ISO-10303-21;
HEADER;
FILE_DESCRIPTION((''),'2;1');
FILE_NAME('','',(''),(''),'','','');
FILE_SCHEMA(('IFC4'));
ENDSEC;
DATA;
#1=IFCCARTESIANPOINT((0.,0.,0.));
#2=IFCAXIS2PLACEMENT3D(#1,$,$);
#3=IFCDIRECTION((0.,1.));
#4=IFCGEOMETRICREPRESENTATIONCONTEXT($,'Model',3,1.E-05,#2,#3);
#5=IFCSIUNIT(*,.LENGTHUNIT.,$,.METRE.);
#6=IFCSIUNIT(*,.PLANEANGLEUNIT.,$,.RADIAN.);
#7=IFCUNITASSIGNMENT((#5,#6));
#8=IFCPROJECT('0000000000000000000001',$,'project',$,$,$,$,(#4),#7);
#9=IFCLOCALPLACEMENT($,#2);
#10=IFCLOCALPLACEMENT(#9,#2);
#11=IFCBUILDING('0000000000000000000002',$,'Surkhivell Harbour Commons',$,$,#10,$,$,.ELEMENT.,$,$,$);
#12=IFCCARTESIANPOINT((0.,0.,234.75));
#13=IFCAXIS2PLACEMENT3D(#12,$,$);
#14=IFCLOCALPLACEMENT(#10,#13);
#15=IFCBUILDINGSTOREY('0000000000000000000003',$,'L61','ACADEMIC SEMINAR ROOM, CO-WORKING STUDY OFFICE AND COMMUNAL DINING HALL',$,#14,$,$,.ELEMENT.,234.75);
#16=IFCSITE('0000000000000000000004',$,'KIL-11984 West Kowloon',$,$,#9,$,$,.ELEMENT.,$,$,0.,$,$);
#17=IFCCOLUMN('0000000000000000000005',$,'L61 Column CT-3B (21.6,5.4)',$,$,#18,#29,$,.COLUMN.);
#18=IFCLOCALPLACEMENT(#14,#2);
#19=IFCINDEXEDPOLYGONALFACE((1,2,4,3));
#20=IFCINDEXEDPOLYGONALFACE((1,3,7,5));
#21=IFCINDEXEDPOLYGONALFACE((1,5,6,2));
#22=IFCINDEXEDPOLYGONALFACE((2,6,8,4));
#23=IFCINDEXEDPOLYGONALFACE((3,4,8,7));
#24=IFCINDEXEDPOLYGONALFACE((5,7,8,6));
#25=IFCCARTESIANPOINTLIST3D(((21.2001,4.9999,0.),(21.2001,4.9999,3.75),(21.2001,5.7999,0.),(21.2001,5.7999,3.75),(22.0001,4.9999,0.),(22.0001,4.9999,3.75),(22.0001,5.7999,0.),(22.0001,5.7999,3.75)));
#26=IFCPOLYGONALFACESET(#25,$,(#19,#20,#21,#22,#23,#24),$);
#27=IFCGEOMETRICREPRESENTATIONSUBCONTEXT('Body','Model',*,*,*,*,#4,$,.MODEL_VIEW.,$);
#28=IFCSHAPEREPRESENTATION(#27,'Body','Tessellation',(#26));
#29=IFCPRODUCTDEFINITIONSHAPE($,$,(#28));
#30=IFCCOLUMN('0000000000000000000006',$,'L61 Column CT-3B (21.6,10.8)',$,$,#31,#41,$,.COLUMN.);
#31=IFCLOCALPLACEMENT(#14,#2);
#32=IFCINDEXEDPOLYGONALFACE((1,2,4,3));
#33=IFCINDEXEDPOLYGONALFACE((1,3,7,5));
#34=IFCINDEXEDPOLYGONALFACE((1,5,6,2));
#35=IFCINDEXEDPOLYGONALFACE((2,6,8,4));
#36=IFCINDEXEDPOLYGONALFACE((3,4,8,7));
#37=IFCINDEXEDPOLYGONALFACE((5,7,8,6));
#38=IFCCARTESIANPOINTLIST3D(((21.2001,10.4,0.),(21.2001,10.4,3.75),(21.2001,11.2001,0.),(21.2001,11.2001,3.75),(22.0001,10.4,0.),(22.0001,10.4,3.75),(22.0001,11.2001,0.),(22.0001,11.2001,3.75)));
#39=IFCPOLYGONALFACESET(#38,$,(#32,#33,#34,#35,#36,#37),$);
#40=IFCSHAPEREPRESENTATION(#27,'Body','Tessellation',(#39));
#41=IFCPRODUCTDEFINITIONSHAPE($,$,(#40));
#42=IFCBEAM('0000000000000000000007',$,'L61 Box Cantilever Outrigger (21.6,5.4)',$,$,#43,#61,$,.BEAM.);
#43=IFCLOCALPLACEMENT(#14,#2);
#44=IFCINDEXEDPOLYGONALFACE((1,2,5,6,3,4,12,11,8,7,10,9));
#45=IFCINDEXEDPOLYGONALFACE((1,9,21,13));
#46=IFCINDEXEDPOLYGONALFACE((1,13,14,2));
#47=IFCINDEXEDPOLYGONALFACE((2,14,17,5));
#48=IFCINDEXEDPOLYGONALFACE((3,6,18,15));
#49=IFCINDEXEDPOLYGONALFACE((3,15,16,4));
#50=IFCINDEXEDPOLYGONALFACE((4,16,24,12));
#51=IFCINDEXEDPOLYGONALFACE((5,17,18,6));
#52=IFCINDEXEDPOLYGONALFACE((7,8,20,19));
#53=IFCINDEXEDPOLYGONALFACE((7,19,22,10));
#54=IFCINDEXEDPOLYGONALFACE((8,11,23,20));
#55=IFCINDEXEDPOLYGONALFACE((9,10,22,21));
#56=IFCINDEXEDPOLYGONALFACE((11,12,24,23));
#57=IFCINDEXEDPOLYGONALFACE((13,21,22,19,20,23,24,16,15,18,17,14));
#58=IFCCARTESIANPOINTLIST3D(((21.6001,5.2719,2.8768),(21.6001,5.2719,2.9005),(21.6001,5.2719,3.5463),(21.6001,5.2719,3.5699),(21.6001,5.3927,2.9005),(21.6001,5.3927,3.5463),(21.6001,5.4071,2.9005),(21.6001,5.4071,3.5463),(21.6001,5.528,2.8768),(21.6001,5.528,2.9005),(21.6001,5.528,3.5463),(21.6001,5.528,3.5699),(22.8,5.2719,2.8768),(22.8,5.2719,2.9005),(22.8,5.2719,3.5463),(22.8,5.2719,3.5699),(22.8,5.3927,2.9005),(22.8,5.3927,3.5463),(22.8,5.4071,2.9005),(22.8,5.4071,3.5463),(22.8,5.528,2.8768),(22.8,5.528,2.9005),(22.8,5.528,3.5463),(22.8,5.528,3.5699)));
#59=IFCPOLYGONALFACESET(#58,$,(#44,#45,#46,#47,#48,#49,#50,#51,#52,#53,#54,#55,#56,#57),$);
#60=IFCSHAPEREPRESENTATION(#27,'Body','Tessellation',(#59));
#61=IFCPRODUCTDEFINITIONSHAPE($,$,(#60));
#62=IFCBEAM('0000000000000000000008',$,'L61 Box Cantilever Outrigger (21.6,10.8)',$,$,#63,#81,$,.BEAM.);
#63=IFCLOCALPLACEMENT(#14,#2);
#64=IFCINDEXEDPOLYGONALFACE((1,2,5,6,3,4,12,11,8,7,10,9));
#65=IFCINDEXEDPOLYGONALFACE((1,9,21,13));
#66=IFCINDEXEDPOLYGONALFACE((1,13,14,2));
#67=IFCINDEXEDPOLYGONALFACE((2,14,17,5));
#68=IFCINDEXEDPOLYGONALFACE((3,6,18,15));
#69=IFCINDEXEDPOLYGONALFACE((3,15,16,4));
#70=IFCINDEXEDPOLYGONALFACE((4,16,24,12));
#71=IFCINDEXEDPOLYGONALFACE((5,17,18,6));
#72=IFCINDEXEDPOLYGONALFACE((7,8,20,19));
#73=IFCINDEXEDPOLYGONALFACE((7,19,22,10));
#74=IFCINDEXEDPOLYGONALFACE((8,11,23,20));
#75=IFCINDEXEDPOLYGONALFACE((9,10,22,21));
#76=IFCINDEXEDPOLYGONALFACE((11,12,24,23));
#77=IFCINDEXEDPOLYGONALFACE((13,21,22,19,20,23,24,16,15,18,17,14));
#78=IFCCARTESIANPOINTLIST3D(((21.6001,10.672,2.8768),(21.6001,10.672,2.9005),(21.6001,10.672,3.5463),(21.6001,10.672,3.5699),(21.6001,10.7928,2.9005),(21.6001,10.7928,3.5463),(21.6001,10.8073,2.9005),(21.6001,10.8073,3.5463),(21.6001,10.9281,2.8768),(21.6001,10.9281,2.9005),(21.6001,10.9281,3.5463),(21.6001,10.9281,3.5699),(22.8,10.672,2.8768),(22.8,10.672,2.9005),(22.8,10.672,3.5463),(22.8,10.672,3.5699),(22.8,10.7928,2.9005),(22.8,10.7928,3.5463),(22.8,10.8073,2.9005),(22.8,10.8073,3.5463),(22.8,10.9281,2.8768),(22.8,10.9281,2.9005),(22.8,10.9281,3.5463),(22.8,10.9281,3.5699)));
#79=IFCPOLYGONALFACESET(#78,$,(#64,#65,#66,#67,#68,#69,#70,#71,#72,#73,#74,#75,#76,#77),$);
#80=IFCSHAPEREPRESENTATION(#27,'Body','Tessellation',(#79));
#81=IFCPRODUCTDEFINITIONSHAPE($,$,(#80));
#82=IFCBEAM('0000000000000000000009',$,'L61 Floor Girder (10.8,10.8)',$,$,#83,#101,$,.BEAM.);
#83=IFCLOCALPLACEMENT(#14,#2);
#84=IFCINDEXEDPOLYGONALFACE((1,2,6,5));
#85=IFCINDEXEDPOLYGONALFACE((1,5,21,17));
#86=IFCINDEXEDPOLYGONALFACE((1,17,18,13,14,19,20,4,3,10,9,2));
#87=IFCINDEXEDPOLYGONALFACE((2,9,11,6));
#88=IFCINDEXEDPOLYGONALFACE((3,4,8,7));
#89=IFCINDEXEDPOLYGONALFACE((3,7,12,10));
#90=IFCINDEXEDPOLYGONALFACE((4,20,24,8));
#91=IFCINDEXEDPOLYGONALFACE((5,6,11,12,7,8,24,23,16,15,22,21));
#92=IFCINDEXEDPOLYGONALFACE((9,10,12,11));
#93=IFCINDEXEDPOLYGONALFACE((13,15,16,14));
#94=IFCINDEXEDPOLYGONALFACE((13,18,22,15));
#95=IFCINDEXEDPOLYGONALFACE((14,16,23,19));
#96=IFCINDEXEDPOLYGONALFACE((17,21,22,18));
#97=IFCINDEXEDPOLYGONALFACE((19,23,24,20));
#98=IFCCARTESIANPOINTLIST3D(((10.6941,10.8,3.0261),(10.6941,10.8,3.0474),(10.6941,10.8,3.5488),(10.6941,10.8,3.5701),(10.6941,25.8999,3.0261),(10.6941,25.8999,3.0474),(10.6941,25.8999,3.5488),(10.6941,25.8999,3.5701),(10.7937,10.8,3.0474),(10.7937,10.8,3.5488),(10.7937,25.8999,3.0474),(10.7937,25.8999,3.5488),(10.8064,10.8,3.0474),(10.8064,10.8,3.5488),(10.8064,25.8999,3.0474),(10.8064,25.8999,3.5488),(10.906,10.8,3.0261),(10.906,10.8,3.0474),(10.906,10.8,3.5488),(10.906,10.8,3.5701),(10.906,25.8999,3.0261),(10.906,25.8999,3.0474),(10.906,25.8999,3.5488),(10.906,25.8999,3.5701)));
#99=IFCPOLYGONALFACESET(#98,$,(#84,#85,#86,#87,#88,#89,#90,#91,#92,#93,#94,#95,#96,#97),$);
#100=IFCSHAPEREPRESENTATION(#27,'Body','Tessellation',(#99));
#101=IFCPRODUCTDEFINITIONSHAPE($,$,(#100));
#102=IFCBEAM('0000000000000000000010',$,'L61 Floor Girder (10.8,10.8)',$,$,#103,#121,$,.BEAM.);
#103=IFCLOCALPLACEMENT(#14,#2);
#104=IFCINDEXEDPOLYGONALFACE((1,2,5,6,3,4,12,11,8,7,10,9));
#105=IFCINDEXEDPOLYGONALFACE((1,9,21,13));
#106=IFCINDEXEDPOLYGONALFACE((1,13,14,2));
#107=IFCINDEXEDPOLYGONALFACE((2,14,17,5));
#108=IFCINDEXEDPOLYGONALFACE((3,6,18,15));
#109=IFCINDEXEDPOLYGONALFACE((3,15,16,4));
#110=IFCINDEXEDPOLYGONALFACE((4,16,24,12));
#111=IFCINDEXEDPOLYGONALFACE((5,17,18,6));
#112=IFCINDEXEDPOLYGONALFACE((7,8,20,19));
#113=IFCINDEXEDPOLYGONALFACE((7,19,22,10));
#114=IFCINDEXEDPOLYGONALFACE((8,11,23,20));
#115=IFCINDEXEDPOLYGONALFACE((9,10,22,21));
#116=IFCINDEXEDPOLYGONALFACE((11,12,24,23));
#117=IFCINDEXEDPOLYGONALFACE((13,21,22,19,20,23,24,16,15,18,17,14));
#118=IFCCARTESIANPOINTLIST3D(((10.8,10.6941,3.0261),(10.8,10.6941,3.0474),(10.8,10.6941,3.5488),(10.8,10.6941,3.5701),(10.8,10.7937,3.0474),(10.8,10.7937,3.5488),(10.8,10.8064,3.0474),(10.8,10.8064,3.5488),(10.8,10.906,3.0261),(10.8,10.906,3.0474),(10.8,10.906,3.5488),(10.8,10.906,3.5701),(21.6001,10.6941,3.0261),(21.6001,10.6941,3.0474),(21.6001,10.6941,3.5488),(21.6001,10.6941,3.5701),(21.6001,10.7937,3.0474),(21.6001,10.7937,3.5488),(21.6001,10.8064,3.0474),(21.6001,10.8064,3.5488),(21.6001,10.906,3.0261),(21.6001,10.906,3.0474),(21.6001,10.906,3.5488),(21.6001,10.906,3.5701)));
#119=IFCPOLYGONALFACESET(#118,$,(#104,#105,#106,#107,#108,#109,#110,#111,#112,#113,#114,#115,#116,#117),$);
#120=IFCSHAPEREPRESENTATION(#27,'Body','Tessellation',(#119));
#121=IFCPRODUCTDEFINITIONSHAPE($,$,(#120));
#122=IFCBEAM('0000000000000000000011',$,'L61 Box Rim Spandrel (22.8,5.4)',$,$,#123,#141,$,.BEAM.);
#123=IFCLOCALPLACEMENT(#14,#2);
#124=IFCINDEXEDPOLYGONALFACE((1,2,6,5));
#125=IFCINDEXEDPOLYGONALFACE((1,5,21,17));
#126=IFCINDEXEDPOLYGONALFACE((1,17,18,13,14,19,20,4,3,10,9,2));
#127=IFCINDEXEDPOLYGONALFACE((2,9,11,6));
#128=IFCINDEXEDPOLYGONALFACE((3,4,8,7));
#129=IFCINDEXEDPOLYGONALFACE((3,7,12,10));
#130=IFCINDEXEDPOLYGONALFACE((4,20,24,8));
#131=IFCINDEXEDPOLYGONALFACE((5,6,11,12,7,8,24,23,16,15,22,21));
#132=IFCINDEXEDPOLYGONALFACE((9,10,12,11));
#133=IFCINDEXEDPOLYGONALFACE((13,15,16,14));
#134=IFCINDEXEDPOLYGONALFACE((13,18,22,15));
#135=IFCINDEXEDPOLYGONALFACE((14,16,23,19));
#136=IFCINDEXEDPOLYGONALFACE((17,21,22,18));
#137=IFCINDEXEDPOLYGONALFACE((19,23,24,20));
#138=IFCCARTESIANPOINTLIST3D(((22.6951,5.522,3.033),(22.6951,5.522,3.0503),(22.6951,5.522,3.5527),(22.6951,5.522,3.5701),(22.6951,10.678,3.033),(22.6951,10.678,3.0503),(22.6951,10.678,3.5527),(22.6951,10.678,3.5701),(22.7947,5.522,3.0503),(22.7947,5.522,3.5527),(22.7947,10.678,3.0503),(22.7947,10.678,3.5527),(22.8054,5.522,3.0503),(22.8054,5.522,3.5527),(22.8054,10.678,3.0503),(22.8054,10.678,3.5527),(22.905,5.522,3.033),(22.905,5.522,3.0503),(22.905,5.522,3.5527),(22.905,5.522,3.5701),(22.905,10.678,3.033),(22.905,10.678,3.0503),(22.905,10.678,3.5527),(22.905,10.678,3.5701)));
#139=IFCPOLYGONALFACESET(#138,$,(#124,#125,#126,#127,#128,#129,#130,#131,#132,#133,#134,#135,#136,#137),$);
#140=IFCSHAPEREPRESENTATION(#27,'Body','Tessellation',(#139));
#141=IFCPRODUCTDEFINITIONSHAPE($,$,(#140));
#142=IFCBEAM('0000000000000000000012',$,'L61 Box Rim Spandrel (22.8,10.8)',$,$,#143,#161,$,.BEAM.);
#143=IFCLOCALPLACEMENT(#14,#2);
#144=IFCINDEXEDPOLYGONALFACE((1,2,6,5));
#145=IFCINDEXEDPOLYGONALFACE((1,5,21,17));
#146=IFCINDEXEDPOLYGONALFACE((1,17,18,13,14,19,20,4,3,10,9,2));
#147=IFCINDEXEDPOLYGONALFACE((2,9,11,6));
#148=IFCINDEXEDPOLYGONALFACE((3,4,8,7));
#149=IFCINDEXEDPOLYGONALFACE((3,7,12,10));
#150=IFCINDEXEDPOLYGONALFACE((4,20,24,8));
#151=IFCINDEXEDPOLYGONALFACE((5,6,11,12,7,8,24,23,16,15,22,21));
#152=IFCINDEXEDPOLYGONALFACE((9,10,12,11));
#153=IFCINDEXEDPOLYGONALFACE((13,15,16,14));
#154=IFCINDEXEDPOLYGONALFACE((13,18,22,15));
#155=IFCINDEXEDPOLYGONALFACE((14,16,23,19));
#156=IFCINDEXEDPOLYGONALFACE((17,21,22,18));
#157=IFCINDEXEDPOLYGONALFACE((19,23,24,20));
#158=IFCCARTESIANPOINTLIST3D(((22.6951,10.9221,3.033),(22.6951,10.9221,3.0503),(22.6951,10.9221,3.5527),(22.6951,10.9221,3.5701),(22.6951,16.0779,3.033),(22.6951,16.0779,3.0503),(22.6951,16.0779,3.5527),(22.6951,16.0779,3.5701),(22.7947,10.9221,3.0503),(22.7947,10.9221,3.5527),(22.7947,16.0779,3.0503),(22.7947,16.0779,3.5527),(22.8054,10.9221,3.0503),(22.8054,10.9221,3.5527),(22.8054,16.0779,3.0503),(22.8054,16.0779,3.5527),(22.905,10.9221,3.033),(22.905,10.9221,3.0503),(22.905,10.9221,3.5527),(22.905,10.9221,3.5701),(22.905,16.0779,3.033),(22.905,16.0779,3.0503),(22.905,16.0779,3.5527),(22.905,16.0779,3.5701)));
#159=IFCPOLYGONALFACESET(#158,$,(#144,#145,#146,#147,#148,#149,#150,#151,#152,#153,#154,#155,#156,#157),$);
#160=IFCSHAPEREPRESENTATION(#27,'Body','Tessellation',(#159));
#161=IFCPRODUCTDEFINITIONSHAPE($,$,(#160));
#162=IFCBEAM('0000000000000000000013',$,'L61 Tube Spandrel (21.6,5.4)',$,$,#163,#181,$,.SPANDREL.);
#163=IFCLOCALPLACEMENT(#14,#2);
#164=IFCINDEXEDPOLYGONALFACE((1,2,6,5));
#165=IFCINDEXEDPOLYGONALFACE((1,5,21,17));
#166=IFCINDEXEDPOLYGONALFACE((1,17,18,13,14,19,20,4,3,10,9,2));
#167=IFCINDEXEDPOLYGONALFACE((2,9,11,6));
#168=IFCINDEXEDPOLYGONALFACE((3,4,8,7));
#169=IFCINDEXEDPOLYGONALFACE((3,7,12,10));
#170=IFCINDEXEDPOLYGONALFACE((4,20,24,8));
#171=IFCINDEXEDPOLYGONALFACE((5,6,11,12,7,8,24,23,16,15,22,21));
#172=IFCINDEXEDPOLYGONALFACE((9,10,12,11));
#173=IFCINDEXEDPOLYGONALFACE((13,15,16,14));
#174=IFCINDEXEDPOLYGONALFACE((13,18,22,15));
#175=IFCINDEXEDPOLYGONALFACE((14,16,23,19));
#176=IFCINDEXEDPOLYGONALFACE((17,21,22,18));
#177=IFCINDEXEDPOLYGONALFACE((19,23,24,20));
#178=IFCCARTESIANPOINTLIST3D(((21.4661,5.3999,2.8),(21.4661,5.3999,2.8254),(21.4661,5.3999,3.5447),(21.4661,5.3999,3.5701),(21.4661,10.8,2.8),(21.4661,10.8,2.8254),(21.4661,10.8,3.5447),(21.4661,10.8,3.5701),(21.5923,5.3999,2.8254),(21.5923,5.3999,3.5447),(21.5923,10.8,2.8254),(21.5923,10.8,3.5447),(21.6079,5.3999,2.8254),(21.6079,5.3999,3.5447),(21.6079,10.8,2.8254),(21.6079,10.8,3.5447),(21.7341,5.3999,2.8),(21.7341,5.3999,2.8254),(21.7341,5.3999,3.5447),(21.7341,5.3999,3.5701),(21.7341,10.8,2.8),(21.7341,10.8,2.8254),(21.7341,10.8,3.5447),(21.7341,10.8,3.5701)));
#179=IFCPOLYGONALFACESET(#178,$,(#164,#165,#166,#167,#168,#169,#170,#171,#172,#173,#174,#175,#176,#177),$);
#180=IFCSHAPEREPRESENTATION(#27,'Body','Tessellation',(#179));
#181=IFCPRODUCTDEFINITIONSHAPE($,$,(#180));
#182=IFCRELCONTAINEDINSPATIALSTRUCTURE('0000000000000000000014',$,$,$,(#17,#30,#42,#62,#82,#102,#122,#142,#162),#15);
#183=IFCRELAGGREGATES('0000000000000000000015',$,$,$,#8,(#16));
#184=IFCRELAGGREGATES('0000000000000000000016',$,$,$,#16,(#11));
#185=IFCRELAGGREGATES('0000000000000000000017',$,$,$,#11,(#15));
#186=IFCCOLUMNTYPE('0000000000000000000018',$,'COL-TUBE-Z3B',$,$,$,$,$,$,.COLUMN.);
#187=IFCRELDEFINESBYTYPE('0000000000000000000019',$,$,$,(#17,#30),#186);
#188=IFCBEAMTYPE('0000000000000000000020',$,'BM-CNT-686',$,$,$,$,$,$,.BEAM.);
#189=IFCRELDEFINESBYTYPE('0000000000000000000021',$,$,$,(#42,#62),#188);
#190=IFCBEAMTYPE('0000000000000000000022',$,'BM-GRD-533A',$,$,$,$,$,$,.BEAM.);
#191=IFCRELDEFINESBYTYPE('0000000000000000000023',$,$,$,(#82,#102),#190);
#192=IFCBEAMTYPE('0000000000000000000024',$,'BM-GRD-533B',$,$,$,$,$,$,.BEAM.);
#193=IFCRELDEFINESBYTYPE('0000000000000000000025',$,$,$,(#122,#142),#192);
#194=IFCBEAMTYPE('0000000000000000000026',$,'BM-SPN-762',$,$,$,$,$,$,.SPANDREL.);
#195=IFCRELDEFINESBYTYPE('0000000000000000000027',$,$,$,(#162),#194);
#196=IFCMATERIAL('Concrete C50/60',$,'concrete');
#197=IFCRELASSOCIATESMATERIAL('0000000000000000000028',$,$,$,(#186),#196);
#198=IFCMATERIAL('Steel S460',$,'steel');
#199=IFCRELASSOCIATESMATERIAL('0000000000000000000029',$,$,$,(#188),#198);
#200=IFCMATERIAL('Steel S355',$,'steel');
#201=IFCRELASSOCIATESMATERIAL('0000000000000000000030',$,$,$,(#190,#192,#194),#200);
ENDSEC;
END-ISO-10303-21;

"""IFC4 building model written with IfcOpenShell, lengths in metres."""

from ifc_helpers import new_model, si_unit, direction, frame, origin, origin_2d, place, context, subcontext, project, spatial, rectangle, i_section, extrude, material, material_profile, profile_set, type_object, element, save


model = new_model("IFC4")

# Units and contexts
model_context = context("Model", 3, precision=1e-05, world=origin(), true_north=direction((0.0, 1.0)))
body_context = subcontext(model_context, "Body", "Model", "MODEL_VIEW")
ifc_project = project(units=[si_unit("LENGTHUNIT", "METRE"), si_unit("PLANEANGLEUNIT", "RADIAN")], contexts=[model_context])

# Site, building, storey
site_placement = place(None, origin())
site = spatial("IfcSite", under=ifc_project, at=site_placement, Name="KIL-11984 West Kowloon", CompositionType="ELEMENT", RefElevation=0.0)
building_placement = place(site_placement, origin())
building = spatial("IfcBuilding", under=site, at=building_placement, Name="Surkhivell Harbour Commons", CompositionType="ELEMENT")
storey_placement = place(building_placement, frame((0.0, 0.0, 234.75)))
storey = spatial("IfcBuildingStorey", under=building, at=storey_placement, Name="L61", Description="ACADEMIC SEMINAR ROOM, CO-WORKING STUDY OFFICE AND COMMUNAL DINING HALL", CompositionType="ELEMENT", Elevation=234.75)

# Columns
ifc_material_1 = material(Name="Concrete C50/60", Category="concrete")
ifc_material_profile_1 = material_profile(ifc_material_1, rectangle(XDim=0.8, YDim=0.8, at=origin_2d()), Name="RC-COL-800x800")
ifc_profile_set_1 = profile_set([ifc_material_profile_1], Name="Concrete C50/60")
column_type = type_object("IfcColumnType", Name="COL-TUBE-Z3B", PredefinedType="COLUMN", material=ifc_profile_set_1)
for number, where, z_axis, x_axis, name in (
    (1, (21.6001, 5.3999, 0.0), (0.0, 0.0, 1.0), (1.0, 0.0, 0.0), "L61 Column CT-3B (21.6,5.4)"),
    (2, (21.6001, 10.8, 0.0), (0.0, 0.0, 1.0), (1.0, 0.0, 0.0), "L61 Column CT-3B (21.6,10.8)"),
):
    element("IfcColumn", number, at=place(storey_placement, frame(where, z_axis=z_axis, x_axis=x_axis)), inside=storey, type_object=column_type, Name=name, PredefinedType="COLUMN", context=body_context, shape_type="SweptSolid", body=[
        extrude(rectangle(XDim=0.8, YDim=0.8, at=origin_2d()), origin(), (0.0, 0.0, 1.0), 3.75),
    ])

# Beams
ifc_material_2 = material(Name="Steel S460", Category="steel")
ifc_material_profile_2 = material_profile(ifc_material_2, i_section(OverallWidth=0.2561, OverallDepth=0.6931, WebThickness=0.0144, FlangeThickness=0.0237, at=origin_2d()), Name="UB686x254x170")
ifc_profile_set_2 = profile_set([ifc_material_profile_2], Name="Steel S460")
beam_type_1 = type_object("IfcBeamType", Name="BM-CNT-686", PredefinedType="BEAM", material=ifc_profile_set_2)
for number, where, z_axis, x_axis, name in (
    (3, (21.6001, 5.3999, 3.2234), (1.0, 0.0, 0.0), (0.0, 1.0, 0.0), "L61 Box Cantilever Outrigger (21.6,5.4)"),
    (4, (21.6001, 10.8, 3.2234), (1.0, 0.0, 0.0), (0.0, 1.0, 0.0), "L61 Box Cantilever Outrigger (21.6,10.8)"),
):
    element("IfcBeam", number, at=place(storey_placement, frame(where, z_axis=z_axis, x_axis=x_axis)), inside=storey, type_object=beam_type_1, Name=name, PredefinedType="BEAM", context=body_context, shape_type="SweptSolid", body=[
        extrude(i_section(OverallWidth=0.2561, OverallDepth=0.6931, WebThickness=0.0144, FlangeThickness=0.0237, at=origin_2d()), origin(), (0.0, 0.0, 1.0), 1.2),
    ])
ifc_material_3 = material(Name="Steel S355", Category="steel")
ifc_material_profile_3 = material_profile(ifc_material_3, i_section(OverallWidth=0.2119, OverallDepth=0.5439, WebThickness=0.0127, FlangeThickness=0.0212, at=origin_2d()), Name="UB533x210x122")
ifc_profile_set_3 = profile_set([ifc_material_profile_3], Name="Steel S355")
beam_type_2 = type_object("IfcBeamType", Name="BM-GRD-533A", PredefinedType="BEAM", material=ifc_profile_set_3)
beam_1_placement = place(storey_placement, frame((10.8, 10.8, 3.2981), z_axis=(0.0, 1.0, 0.0), x_axis=(-1.0, 0.0, 0.0)))
element("IfcBeam", 5, at=beam_1_placement, inside=storey, type_object=beam_type_2, Name="L61 Floor Girder (10.8,10.8)", PredefinedType="BEAM", context=body_context, shape_type="SweptSolid", body=[
    extrude(i_section(OverallWidth=0.2119, OverallDepth=0.5439, WebThickness=0.0127, FlangeThickness=0.0212, at=origin_2d()), origin(), (0.0, 0.0, 1.0), 15.0999),
])
beam_2_placement = place(storey_placement, frame((10.8, 10.8, 3.2981), z_axis=(1.0, 0.0, 0.0), x_axis=(0.0, 1.0, 0.0)))
element("IfcBeam", 6, at=beam_2_placement, inside=storey, type_object=beam_type_2, Name="L61 Floor Girder (10.8,10.8)", PredefinedType="BEAM", context=body_context, shape_type="SweptSolid", body=[
    extrude(i_section(OverallWidth=0.2119, OverallDepth=0.5439, WebThickness=0.0127, FlangeThickness=0.0212, at=origin_2d()), origin(), (0.0, 0.0, 1.0), 10.8),
])
ifc_material_profile_4 = material_profile(ifc_material_3, i_section(OverallWidth=0.21, OverallDepth=0.5371, WebThickness=0.0107, FlangeThickness=0.0173, at=origin_2d()), Name="UB533x210x101")
ifc_profile_set_4 = profile_set([ifc_material_profile_4], Name="Steel S355")
beam_type_3 = type_object("IfcBeamType", Name="BM-GRD-533B", PredefinedType="BEAM", material=ifc_profile_set_4)
beam_3_placement = place(storey_placement, frame((22.8, 5.522, 3.3015), z_axis=(0.0, 1.0, 0.0), x_axis=(-1.0, 0.0, 0.0)))
element("IfcBeam", 7, at=beam_3_placement, inside=storey, type_object=beam_type_3, Name="L61 Box Rim Spandrel (22.8,5.4)", PredefinedType="BEAM", context=body_context, shape_type="SweptSolid", body=[
    extrude(i_section(OverallWidth=0.21, OverallDepth=0.5371, WebThickness=0.0107, FlangeThickness=0.0173, at=origin_2d()), origin(), (0.0, 0.0, 1.0), 5.156),
])
beam_4_placement = place(storey_placement, frame((22.8, 10.9221, 3.3015), z_axis=(0.0, 1.0, 0.0), x_axis=(-1.0, 0.0, 0.0)))
element("IfcBeam", 8, at=beam_4_placement, inside=storey, type_object=beam_type_3, Name="L61 Box Rim Spandrel (22.8,10.8)", PredefinedType="BEAM", context=body_context, shape_type="SweptSolid", body=[
    extrude(i_section(OverallWidth=0.21, OverallDepth=0.5371, WebThickness=0.0107, FlangeThickness=0.0173, at=origin_2d()), origin(), (0.0, 0.0, 1.0), 5.1558),
])
ifc_material_profile_5 = material_profile(ifc_material_3, i_section(OverallWidth=0.2681, OverallDepth=0.77, WebThickness=0.0156, FlangeThickness=0.0254, at=origin_2d()), Name="UB762x267x197")
ifc_profile_set_5 = profile_set([ifc_material_profile_5], Name="Steel S355")
beam_type_4 = type_object("IfcBeamType", Name="BM-SPN-762", PredefinedType="SPANDREL", material=ifc_profile_set_5)
beam_5_placement = place(storey_placement, frame((21.6001, 5.3999, 3.1851), z_axis=(0.0, 1.0, 0.0), x_axis=(-1.0, 0.0, 0.0)))
element("IfcBeam", 9, at=beam_5_placement, inside=storey, type_object=beam_type_4, Name="L61 Tube Spandrel (21.6,5.4)", PredefinedType="SPANDREL", context=body_context, shape_type="SweptSolid", body=[
    extrude(i_section(OverallWidth=0.2681, OverallDepth=0.77, WebThickness=0.0156, FlangeThickness=0.0254, at=origin_2d()), origin(), (0.0, 0.0, 1.0), 5.4001),
])

save(model, "model.ifc")
